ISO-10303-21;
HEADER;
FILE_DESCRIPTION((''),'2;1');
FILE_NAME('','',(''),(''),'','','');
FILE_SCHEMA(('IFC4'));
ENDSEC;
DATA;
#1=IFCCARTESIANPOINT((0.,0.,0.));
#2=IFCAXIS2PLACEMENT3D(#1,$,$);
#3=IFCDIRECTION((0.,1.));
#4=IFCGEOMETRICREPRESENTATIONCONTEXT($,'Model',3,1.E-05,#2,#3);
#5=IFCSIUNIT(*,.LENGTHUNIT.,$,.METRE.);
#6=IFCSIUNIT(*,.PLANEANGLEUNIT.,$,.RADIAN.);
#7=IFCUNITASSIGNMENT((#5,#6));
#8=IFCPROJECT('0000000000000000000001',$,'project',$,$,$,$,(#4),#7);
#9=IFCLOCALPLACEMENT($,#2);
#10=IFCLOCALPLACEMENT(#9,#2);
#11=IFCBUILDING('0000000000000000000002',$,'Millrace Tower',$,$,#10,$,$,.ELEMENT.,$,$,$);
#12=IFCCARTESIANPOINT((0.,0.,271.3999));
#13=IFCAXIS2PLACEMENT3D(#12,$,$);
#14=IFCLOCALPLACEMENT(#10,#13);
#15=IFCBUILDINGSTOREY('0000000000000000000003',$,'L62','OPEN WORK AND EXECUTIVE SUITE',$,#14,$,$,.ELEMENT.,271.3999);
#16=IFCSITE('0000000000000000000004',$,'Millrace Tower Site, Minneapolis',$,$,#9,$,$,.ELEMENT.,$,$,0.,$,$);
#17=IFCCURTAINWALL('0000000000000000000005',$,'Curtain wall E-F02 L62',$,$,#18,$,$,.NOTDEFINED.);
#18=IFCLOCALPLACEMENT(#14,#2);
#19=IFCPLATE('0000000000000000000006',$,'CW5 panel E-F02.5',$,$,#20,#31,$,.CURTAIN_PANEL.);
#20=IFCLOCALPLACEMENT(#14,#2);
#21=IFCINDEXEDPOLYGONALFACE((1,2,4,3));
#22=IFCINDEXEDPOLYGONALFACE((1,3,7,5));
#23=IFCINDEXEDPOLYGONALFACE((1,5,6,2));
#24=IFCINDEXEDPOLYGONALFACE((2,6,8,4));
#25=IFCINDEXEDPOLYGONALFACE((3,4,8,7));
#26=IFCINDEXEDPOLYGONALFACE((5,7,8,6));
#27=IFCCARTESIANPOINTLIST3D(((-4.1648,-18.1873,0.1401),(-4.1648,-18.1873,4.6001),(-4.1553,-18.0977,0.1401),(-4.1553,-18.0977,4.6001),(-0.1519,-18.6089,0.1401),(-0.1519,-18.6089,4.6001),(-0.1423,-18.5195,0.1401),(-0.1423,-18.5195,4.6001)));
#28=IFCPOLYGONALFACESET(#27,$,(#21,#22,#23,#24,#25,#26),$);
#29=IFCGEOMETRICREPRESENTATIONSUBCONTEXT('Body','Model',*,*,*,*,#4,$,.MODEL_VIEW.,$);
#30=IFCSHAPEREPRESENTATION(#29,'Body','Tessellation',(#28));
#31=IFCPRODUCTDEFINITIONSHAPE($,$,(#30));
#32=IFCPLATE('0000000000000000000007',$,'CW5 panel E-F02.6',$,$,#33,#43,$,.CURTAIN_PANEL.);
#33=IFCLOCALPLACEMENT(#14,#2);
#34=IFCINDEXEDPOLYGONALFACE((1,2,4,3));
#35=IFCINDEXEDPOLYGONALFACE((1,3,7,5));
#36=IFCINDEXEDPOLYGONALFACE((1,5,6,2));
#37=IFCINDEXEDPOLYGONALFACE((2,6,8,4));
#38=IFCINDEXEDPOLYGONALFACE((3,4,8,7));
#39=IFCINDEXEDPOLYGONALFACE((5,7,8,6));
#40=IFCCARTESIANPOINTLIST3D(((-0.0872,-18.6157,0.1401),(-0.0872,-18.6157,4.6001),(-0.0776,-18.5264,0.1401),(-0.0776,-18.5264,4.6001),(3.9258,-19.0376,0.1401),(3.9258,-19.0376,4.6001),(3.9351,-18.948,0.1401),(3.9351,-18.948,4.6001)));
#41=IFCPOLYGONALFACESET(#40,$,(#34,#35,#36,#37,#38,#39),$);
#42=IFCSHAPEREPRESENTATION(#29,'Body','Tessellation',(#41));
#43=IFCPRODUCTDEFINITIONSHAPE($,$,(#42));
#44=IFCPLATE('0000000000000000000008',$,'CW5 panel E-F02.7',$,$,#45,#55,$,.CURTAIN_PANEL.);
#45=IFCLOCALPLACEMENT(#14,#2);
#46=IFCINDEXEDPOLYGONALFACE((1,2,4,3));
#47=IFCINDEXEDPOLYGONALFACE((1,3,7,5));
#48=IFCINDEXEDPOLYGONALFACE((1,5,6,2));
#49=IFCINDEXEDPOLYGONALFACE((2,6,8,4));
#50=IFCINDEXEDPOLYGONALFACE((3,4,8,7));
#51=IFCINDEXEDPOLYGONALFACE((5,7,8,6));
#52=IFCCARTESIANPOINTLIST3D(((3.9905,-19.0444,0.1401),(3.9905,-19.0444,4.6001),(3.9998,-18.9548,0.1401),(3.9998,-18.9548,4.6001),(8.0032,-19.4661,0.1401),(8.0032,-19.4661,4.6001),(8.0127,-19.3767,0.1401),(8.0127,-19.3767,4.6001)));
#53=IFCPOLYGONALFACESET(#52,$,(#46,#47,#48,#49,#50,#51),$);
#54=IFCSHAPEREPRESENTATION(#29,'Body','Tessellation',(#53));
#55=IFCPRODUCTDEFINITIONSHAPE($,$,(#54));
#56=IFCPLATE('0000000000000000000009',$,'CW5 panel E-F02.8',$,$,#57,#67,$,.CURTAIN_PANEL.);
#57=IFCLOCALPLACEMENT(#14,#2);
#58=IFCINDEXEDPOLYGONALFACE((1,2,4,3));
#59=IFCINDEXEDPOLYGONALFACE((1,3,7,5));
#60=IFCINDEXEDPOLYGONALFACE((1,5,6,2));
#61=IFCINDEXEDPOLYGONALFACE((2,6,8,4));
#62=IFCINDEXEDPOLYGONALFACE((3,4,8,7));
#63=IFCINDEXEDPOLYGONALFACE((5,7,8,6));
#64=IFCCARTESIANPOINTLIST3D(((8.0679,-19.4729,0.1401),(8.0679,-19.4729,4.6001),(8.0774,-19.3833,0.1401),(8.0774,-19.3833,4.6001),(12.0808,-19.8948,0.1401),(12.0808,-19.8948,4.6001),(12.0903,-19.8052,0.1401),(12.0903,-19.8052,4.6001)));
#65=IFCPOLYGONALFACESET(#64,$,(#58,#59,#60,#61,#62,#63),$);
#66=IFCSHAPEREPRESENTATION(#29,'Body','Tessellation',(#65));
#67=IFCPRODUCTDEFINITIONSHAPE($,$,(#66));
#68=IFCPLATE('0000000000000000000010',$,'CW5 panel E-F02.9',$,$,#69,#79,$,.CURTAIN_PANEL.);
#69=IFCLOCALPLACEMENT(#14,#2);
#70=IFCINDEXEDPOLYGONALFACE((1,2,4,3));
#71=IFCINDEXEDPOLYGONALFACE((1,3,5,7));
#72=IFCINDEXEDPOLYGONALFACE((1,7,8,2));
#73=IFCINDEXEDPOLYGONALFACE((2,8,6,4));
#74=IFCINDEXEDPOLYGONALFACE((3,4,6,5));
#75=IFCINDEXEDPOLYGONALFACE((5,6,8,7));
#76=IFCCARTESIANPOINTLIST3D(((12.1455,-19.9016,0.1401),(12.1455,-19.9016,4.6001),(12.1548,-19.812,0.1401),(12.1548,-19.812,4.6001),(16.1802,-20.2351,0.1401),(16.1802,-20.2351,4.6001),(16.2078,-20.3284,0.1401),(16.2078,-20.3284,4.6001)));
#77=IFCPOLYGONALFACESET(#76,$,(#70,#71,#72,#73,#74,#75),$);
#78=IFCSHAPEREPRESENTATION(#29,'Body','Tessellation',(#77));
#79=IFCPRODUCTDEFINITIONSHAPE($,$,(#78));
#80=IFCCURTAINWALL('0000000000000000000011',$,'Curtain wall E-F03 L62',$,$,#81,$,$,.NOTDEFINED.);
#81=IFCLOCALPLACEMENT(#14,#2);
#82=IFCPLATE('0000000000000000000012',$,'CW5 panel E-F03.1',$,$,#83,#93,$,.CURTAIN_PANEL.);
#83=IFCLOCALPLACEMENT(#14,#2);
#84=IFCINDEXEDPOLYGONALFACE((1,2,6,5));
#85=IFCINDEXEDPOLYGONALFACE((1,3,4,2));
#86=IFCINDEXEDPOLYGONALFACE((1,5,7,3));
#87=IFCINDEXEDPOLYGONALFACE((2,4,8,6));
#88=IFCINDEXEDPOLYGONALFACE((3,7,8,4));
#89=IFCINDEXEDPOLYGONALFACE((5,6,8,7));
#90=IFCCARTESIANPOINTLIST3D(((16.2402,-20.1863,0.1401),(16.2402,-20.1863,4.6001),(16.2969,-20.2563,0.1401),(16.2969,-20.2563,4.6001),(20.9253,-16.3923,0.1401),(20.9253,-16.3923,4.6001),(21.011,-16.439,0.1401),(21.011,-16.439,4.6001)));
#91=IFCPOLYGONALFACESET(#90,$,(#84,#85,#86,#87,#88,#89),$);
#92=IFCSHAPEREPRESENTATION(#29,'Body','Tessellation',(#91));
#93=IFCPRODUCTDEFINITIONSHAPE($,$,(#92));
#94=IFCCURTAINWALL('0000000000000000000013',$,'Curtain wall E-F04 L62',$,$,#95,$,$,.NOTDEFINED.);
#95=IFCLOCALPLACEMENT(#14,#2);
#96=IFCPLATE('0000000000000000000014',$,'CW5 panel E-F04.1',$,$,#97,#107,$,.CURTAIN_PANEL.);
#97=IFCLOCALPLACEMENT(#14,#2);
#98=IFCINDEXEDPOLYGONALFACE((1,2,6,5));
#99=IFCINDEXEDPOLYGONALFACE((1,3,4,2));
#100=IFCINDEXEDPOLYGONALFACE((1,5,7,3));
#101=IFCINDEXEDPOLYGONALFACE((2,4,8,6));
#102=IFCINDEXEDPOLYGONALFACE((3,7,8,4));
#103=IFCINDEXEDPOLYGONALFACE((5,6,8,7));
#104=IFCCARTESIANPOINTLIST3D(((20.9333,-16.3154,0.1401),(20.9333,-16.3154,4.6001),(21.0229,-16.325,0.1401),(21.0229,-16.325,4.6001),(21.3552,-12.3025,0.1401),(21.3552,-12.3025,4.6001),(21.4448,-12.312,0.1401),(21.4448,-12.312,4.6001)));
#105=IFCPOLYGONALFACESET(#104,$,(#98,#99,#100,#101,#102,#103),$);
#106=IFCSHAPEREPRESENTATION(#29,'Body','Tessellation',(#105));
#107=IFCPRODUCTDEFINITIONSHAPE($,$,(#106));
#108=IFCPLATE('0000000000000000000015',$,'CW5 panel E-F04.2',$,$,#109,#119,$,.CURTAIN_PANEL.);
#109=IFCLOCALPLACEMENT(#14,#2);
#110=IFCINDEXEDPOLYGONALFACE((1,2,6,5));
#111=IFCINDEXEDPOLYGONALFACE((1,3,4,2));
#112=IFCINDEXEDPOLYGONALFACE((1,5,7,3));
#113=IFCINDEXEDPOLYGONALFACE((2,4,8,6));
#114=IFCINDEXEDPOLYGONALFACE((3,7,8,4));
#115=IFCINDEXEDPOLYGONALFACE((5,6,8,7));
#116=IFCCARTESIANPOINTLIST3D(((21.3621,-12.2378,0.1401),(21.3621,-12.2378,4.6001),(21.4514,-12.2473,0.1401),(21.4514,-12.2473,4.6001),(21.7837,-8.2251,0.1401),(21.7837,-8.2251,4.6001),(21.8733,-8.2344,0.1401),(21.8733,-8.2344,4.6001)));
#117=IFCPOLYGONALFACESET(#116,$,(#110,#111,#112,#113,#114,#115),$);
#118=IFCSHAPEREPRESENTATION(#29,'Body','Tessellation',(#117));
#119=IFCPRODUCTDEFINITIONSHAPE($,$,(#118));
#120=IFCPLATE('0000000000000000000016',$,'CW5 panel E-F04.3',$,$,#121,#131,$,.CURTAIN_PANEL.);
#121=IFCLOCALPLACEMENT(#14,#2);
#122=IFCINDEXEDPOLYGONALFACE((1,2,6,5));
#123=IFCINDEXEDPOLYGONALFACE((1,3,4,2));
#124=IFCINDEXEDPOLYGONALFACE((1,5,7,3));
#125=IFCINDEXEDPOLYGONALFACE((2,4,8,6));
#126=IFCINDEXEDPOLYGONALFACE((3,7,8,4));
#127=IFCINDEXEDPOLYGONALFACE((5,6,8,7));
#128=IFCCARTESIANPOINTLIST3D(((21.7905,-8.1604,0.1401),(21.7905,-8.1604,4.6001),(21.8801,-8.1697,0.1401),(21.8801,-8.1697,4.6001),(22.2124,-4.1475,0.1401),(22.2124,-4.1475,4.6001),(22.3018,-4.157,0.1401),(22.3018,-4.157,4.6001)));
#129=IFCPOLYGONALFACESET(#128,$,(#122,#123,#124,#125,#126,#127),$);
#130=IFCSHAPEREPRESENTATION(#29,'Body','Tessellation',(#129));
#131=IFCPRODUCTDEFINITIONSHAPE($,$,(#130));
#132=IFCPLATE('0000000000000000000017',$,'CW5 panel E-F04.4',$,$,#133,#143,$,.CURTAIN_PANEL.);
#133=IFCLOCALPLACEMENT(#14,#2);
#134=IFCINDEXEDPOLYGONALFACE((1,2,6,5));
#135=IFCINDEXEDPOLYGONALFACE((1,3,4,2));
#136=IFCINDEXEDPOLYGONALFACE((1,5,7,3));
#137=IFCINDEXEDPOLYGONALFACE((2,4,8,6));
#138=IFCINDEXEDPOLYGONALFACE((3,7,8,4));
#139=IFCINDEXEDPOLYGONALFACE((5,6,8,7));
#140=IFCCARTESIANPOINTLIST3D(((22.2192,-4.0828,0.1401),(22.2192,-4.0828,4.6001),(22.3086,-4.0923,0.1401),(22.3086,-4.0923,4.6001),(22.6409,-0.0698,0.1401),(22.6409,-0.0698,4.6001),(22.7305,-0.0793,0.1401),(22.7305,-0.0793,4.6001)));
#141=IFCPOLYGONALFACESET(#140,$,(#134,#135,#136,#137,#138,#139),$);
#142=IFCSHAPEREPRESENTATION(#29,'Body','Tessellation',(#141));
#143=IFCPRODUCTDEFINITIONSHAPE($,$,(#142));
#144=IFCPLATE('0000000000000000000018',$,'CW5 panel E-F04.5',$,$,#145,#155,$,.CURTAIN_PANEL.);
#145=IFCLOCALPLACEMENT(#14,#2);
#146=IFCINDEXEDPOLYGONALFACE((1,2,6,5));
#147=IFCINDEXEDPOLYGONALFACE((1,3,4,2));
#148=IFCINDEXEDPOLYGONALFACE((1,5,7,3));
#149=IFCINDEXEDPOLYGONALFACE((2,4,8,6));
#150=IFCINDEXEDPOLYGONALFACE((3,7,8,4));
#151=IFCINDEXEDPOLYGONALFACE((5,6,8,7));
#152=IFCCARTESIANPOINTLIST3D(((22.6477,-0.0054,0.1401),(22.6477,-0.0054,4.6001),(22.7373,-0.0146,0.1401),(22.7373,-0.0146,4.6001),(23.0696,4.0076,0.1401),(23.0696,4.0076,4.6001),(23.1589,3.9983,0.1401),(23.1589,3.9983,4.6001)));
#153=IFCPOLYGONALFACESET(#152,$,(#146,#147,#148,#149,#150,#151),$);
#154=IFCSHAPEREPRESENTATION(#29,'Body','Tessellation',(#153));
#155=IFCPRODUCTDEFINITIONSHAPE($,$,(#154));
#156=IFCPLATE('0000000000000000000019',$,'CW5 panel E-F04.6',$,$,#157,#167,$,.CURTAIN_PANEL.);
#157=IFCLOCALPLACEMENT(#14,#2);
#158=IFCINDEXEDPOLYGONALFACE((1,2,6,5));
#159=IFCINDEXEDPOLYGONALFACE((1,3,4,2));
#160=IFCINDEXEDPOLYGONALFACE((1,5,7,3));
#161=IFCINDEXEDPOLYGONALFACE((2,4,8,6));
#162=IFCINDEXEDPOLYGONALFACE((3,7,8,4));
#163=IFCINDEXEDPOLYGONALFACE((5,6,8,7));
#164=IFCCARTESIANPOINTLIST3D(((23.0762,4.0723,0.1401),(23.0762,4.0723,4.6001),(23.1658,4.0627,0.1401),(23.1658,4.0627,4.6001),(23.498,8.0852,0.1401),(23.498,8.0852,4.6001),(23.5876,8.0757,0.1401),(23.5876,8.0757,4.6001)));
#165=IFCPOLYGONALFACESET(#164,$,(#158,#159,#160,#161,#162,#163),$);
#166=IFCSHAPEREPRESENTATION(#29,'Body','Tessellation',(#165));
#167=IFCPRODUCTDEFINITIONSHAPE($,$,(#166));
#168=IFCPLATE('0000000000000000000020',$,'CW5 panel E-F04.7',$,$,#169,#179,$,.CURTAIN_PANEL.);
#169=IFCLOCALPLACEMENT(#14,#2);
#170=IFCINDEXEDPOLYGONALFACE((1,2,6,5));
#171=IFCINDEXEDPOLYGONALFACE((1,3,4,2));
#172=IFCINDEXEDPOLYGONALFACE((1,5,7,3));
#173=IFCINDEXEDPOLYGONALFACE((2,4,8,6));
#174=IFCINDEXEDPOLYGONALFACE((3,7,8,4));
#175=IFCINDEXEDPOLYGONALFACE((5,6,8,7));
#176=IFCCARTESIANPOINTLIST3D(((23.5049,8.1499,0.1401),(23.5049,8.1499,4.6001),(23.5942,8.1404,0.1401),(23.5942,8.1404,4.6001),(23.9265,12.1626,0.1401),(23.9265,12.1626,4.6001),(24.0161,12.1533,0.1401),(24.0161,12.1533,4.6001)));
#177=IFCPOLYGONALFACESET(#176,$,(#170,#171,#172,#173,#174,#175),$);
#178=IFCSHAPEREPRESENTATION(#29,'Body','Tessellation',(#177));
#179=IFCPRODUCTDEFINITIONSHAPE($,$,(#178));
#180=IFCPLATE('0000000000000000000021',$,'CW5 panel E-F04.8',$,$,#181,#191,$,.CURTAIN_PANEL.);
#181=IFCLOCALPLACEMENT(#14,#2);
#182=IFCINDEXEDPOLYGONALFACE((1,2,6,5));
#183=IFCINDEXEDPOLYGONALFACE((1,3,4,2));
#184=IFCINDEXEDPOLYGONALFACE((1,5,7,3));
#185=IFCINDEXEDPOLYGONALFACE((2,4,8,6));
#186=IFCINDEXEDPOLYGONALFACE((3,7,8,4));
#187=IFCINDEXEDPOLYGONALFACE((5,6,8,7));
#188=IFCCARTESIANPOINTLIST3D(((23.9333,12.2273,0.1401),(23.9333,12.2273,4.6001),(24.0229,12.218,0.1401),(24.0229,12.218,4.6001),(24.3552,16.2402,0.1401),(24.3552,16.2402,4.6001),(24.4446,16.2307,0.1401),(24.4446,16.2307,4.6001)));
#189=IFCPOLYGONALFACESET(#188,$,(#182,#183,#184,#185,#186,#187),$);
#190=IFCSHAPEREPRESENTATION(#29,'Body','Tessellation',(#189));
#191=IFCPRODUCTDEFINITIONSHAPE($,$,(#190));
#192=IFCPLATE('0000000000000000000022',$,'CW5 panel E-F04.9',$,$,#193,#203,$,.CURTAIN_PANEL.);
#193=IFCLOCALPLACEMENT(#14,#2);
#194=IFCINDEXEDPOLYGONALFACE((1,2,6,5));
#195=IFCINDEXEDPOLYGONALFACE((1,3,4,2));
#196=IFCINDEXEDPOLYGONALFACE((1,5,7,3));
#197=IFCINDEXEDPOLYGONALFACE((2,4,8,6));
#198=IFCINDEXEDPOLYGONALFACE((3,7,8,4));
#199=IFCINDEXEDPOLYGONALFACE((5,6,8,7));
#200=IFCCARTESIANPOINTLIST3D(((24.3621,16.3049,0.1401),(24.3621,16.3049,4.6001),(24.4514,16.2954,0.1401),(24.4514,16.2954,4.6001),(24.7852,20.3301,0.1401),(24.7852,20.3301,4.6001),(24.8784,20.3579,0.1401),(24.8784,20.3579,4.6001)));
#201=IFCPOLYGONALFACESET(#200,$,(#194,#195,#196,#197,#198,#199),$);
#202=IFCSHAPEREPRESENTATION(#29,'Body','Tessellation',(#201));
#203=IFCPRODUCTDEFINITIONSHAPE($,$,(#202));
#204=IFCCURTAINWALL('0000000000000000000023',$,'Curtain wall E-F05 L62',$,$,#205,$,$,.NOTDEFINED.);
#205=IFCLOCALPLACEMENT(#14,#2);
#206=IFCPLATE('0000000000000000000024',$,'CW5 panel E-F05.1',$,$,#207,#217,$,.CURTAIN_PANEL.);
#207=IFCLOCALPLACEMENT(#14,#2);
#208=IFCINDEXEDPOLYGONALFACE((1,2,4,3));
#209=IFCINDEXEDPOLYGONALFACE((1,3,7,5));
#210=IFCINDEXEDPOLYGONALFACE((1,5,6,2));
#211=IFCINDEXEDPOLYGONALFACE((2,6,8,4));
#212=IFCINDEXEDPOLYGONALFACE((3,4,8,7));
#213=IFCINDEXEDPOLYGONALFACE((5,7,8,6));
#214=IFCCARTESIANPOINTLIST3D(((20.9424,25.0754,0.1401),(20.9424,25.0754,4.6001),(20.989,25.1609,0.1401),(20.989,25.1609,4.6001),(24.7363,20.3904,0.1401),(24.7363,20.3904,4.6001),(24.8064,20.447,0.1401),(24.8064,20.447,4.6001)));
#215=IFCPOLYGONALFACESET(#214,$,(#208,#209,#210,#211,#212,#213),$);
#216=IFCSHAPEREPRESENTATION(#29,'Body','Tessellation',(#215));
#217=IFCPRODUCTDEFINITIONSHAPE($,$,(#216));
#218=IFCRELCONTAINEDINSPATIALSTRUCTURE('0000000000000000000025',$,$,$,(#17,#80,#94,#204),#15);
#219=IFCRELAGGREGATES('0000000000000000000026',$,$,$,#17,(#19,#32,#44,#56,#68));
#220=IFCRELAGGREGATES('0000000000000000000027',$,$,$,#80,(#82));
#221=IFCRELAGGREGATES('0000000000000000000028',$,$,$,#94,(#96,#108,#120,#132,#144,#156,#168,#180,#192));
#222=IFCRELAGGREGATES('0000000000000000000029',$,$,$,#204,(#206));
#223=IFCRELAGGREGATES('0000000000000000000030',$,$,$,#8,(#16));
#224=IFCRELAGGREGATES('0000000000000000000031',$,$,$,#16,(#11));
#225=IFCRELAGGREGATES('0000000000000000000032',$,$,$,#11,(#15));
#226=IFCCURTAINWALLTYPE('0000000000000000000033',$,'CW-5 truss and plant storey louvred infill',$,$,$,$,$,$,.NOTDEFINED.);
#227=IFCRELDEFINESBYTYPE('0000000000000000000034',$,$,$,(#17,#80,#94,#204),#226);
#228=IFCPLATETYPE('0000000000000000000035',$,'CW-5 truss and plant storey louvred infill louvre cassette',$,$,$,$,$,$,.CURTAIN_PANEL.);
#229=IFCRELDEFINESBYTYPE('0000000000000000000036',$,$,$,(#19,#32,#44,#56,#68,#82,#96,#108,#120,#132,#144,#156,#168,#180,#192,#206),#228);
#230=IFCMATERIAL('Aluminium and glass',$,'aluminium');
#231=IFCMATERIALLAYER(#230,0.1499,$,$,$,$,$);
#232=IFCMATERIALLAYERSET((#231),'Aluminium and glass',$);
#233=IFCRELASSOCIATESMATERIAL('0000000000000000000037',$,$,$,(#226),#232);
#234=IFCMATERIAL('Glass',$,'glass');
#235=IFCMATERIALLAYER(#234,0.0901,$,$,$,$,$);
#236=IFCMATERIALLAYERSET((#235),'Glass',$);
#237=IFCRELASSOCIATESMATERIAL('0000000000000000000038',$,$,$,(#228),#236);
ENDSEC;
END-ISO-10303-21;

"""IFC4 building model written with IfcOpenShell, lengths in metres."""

from ifc_helpers import new_model, si_unit, direction, frame, origin, place, context, subcontext, project, spatial, polyline, outline, extrude, material, layer, layer_set, type_object, element, aggregate, save


model = new_model("IFC4")

# Units and contexts
model_context = context("Model", 3, precision=1e-05, world=origin(), true_north=direction((0.0, 1.0)))
body_context = subcontext(model_context, "Body", "Model", "MODEL_VIEW")
ifc_project = project(units=[si_unit("LENGTHUNIT", "METRE"), si_unit("PLANEANGLEUNIT", "RADIAN")], contexts=[model_context])

# Site, building, storey
site_placement = place(None, origin())
site = spatial("IfcSite", under=ifc_project, at=site_placement, Name="Millrace Tower Site, Minneapolis", CompositionType="ELEMENT", RefElevation=0.0)
building_placement = place(site_placement, origin())
building = spatial("IfcBuilding", under=site, at=building_placement, Name="Millrace Tower", CompositionType="ELEMENT")
storey_placement = place(building_placement, frame((0.0, 0.0, 271.3999)))
storey = spatial("IfcBuildingStorey", under=building, at=storey_placement, Name="L62", Description="OPEN WORK AND EXECUTIVE SUITE", CompositionType="ELEMENT", Elevation=271.3999)

# Curtain wall, plates
ifc_material_1 = material(Name="Aluminium and glass", Category="aluminium")
ifc_layer_1 = layer(ifc_material_1, 0.1499)
ifc_layer_set_1 = layer_set([ifc_layer_1], Name="Aluminium and glass")
curtain_wall_type = type_object("IfcCurtainWallType", Name="CW-5 truss and plant storey louvred infill", PredefinedType="NOTDEFINED", material=ifc_layer_set_1)
placement_1 = place(storey_placement, origin())
curtain_wall_1 = element("IfcCurtainWall", 1, at=placement_1, inside=storey, type_object=curtain_wall_type, Name="Curtain wall E-F02 L62", PredefinedType="NOTDEFINED")
ifc_material_2 = material(Name="Glass", Category="glass")
ifc_layer_2 = layer(ifc_material_2, 0.0901)
ifc_layer_set_2 = layer_set([ifc_layer_2], Name="Glass")
plate_type = type_object("IfcPlateType", Name="CW-5 truss and plant storey louvred infill louvre cassette", PredefinedType="CURTAIN_PANEL", material=ifc_layer_set_2)
placement_2 = place(storey_placement, frame((0.0, 0.0, 0.1401)))
plate_1 = element("IfcPlate", 2, at=placement_2, type_object=plate_type, Name="CW5 panel E-F02.5", PredefinedType="CURTAIN_PANEL", context=body_context, shape_type="SweptSolid", body=[
    extrude(outline(polyline([(-4.1648, -18.1873), (-0.1519, -18.6089), (-0.1423, -18.5195), (-4.1553, -18.0977), (-4.1648, -18.1873)])), origin(), (0.0, 0.0, 1.0), 4.46),
])
plate_2 = element("IfcPlate", 3, at=placement_2, type_object=plate_type, Name="CW5 panel E-F02.6", PredefinedType="CURTAIN_PANEL", context=body_context, shape_type="SweptSolid", body=[
    extrude(outline(polyline([(-0.0872, -18.6157), (3.9258, -19.0376), (3.9351, -18.948), (-0.0776, -18.5264), (-0.0872, -18.6157)])), origin(), (0.0, 0.0, 1.0), 4.46),
])
plate_3 = element("IfcPlate", 4, at=placement_2, type_object=plate_type, Name="CW5 panel E-F02.7", PredefinedType="CURTAIN_PANEL", context=body_context, shape_type="SweptSolid", body=[
    extrude(outline(polyline([(3.9905, -19.0444), (8.0032, -19.4661), (8.0127, -19.3767), (3.9998, -18.9548), (3.9905, -19.0444)])), origin(), (0.0, 0.0, 1.0), 4.46),
])
plate_4 = element("IfcPlate", 5, at=placement_2, type_object=plate_type, Name="CW5 panel E-F02.8", PredefinedType="CURTAIN_PANEL", context=body_context, shape_type="SweptSolid", body=[
    extrude(outline(polyline([(8.0679, -19.4729), (12.0808, -19.8948), (12.0903, -19.8052), (8.0774, -19.3833), (8.0679, -19.4729)])), origin(), (0.0, 0.0, 1.0), 4.46),
])
plate_5 = element("IfcPlate", 6, at=placement_2, type_object=plate_type, Name="CW5 panel E-F02.9", PredefinedType="CURTAIN_PANEL", context=body_context, shape_type="SweptSolid", body=[
    extrude(outline(polyline([(12.1455, -19.9016), (16.2078, -20.3284), (16.1802, -20.2351), (12.1548, -19.812), (12.1455, -19.9016)])), origin(), (0.0, 0.0, 1.0), 4.46),
])
aggregate(curtain_wall_1, [plate_1, plate_2, plate_3, plate_4, plate_5])

# Curtain wall, plate
curtain_wall_2 = element("IfcCurtainWall", 7, at=placement_1, inside=storey, type_object=curtain_wall_type, Name="Curtain wall E-F03 L62", PredefinedType="NOTDEFINED")
plate_6 = element("IfcPlate", 8, at=placement_2, type_object=plate_type, Name="CW5 panel E-F03.1", PredefinedType="CURTAIN_PANEL", context=body_context, shape_type="SweptSolid", body=[
    extrude(outline(polyline([(16.2969, -20.2563), (21.011, -16.439), (20.9253, -16.3923), (16.2402, -20.1863), (16.2969, -20.2563)])), origin(), (0.0, 0.0, 1.0), 4.46),
])
aggregate(curtain_wall_2, [plate_6])

# Curtain wall, plates
curtain_wall_3 = element("IfcCurtainWall", 9, at=placement_1, inside=storey, type_object=curtain_wall_type, Name="Curtain wall E-F04 L62", PredefinedType="NOTDEFINED")
plate_7 = element("IfcPlate", 10, at=placement_2, type_object=plate_type, Name="CW5 panel E-F04.1", PredefinedType="CURTAIN_PANEL", context=body_context, shape_type="SweptSolid", body=[
    extrude(outline(polyline([(21.0229, -16.325), (21.4448, -12.312), (21.3552, -12.3025), (20.9333, -16.3154), (21.0229, -16.325)])), origin(), (0.0, 0.0, 1.0), 4.46),
])
plate_8 = element("IfcPlate", 11, at=placement_2, type_object=plate_type, Name="CW5 panel E-F04.2", PredefinedType="CURTAIN_PANEL", context=body_context, shape_type="SweptSolid", body=[
    extrude(outline(polyline([(21.4514, -12.2473), (21.8733, -8.2344), (21.7837, -8.2251), (21.3621, -12.2378), (21.4514, -12.2473)])), origin(), (0.0, 0.0, 1.0), 4.46),
])
plate_9 = element("IfcPlate", 12, at=placement_2, type_object=plate_type, Name="CW5 panel E-F04.3", PredefinedType="CURTAIN_PANEL", context=body_context, shape_type="SweptSolid", body=[
    extrude(outline(polyline([(21.8801, -8.1697), (22.3018, -4.157), (22.2124, -4.1475), (21.7905, -8.1604), (21.8801, -8.1697)])), origin(), (0.0, 0.0, 1.0), 4.46),
])
plate_10 = element("IfcPlate", 13, at=placement_2, type_object=plate_type, Name="CW5 panel E-F04.4", PredefinedType="CURTAIN_PANEL", context=body_context, shape_type="SweptSolid", body=[
    extrude(outline(polyline([(22.3086, -4.0923), (22.7305, -0.0793), (22.6409, -0.0698), (22.2192, -4.0828), (22.3086, -4.0923)])), origin(), (0.0, 0.0, 1.0), 4.46),
])
plate_11 = element("IfcPlate", 14, at=placement_2, type_object=plate_type, Name="CW5 panel E-F04.5", PredefinedType="CURTAIN_PANEL", context=body_context, shape_type="SweptSolid", body=[
    extrude(outline(polyline([(22.7373, -0.0146), (23.1589, 3.9983), (23.0696, 4.0076), (22.6477, -0.0054), (22.7373, -0.0146)])), origin(), (0.0, 0.0, 1.0), 4.46),
])
plate_12 = element("IfcPlate", 15, at=placement_2, type_object=plate_type, Name="CW5 panel E-F04.6", PredefinedType="CURTAIN_PANEL", context=body_context, shape_type="SweptSolid", body=[
    extrude(outline(polyline([(23.1658, 4.0627), (23.5876, 8.0757), (23.498, 8.0852), (23.0762, 4.0723), (23.1658, 4.0627)])), origin(), (0.0, 0.0, 1.0), 4.46),
])
plate_13 = element("IfcPlate", 16, at=placement_2, type_object=plate_type, Name="CW5 panel E-F04.7", PredefinedType="CURTAIN_PANEL", context=body_context, shape_type="SweptSolid", body=[
    extrude(outline(polyline([(23.5942, 8.1404), (24.0161, 12.1533), (23.9265, 12.1626), (23.5049, 8.1499), (23.5942, 8.1404)])), origin(), (0.0, 0.0, 1.0), 4.46),
])
plate_14 = element("IfcPlate", 17, at=placement_2, type_object=plate_type, Name="CW5 panel E-F04.8", PredefinedType="CURTAIN_PANEL", context=body_context, shape_type="SweptSolid", body=[
    extrude(outline(polyline([(24.0229, 12.218), (24.4446, 16.2307), (24.3552, 16.2402), (23.9333, 12.2273), (24.0229, 12.218)])), origin(), (0.0, 0.0, 1.0), 4.46),
])
plate_15 = element("IfcPlate", 18, at=placement_2, type_object=plate_type, Name="CW5 panel E-F04.9", PredefinedType="CURTAIN_PANEL", context=body_context, shape_type="SweptSolid", body=[
    extrude(outline(polyline([(24.4514, 16.2954), (24.8784, 20.3579), (24.7852, 20.3301), (24.3621, 16.3049), (24.4514, 16.2954)])), origin(), (0.0, 0.0, 1.0), 4.46),
])
aggregate(curtain_wall_3, [plate_7, plate_8, plate_9, plate_10, plate_11, plate_12, plate_13, plate_14, plate_15])

# Curtain wall, plate
curtain_wall_4 = element("IfcCurtainWall", 19, at=placement_1, inside=storey, type_object=curtain_wall_type, Name="Curtain wall E-F05 L62", PredefinedType="NOTDEFINED")
plate_16 = element("IfcPlate", 20, at=placement_2, type_object=plate_type, Name="CW5 panel E-F05.1", PredefinedType="CURTAIN_PANEL", context=body_context, shape_type="SweptSolid", body=[
    extrude(outline(polyline([(24.8064, 20.447), (20.989, 25.1609), (20.9424, 25.0754), (24.7363, 20.3904), (24.8064, 20.447)])), origin(), (0.0, 0.0, 1.0), 4.46),
])
aggregate(curtain_wall_4, [plate_16])

save(model, "model.ifc")
